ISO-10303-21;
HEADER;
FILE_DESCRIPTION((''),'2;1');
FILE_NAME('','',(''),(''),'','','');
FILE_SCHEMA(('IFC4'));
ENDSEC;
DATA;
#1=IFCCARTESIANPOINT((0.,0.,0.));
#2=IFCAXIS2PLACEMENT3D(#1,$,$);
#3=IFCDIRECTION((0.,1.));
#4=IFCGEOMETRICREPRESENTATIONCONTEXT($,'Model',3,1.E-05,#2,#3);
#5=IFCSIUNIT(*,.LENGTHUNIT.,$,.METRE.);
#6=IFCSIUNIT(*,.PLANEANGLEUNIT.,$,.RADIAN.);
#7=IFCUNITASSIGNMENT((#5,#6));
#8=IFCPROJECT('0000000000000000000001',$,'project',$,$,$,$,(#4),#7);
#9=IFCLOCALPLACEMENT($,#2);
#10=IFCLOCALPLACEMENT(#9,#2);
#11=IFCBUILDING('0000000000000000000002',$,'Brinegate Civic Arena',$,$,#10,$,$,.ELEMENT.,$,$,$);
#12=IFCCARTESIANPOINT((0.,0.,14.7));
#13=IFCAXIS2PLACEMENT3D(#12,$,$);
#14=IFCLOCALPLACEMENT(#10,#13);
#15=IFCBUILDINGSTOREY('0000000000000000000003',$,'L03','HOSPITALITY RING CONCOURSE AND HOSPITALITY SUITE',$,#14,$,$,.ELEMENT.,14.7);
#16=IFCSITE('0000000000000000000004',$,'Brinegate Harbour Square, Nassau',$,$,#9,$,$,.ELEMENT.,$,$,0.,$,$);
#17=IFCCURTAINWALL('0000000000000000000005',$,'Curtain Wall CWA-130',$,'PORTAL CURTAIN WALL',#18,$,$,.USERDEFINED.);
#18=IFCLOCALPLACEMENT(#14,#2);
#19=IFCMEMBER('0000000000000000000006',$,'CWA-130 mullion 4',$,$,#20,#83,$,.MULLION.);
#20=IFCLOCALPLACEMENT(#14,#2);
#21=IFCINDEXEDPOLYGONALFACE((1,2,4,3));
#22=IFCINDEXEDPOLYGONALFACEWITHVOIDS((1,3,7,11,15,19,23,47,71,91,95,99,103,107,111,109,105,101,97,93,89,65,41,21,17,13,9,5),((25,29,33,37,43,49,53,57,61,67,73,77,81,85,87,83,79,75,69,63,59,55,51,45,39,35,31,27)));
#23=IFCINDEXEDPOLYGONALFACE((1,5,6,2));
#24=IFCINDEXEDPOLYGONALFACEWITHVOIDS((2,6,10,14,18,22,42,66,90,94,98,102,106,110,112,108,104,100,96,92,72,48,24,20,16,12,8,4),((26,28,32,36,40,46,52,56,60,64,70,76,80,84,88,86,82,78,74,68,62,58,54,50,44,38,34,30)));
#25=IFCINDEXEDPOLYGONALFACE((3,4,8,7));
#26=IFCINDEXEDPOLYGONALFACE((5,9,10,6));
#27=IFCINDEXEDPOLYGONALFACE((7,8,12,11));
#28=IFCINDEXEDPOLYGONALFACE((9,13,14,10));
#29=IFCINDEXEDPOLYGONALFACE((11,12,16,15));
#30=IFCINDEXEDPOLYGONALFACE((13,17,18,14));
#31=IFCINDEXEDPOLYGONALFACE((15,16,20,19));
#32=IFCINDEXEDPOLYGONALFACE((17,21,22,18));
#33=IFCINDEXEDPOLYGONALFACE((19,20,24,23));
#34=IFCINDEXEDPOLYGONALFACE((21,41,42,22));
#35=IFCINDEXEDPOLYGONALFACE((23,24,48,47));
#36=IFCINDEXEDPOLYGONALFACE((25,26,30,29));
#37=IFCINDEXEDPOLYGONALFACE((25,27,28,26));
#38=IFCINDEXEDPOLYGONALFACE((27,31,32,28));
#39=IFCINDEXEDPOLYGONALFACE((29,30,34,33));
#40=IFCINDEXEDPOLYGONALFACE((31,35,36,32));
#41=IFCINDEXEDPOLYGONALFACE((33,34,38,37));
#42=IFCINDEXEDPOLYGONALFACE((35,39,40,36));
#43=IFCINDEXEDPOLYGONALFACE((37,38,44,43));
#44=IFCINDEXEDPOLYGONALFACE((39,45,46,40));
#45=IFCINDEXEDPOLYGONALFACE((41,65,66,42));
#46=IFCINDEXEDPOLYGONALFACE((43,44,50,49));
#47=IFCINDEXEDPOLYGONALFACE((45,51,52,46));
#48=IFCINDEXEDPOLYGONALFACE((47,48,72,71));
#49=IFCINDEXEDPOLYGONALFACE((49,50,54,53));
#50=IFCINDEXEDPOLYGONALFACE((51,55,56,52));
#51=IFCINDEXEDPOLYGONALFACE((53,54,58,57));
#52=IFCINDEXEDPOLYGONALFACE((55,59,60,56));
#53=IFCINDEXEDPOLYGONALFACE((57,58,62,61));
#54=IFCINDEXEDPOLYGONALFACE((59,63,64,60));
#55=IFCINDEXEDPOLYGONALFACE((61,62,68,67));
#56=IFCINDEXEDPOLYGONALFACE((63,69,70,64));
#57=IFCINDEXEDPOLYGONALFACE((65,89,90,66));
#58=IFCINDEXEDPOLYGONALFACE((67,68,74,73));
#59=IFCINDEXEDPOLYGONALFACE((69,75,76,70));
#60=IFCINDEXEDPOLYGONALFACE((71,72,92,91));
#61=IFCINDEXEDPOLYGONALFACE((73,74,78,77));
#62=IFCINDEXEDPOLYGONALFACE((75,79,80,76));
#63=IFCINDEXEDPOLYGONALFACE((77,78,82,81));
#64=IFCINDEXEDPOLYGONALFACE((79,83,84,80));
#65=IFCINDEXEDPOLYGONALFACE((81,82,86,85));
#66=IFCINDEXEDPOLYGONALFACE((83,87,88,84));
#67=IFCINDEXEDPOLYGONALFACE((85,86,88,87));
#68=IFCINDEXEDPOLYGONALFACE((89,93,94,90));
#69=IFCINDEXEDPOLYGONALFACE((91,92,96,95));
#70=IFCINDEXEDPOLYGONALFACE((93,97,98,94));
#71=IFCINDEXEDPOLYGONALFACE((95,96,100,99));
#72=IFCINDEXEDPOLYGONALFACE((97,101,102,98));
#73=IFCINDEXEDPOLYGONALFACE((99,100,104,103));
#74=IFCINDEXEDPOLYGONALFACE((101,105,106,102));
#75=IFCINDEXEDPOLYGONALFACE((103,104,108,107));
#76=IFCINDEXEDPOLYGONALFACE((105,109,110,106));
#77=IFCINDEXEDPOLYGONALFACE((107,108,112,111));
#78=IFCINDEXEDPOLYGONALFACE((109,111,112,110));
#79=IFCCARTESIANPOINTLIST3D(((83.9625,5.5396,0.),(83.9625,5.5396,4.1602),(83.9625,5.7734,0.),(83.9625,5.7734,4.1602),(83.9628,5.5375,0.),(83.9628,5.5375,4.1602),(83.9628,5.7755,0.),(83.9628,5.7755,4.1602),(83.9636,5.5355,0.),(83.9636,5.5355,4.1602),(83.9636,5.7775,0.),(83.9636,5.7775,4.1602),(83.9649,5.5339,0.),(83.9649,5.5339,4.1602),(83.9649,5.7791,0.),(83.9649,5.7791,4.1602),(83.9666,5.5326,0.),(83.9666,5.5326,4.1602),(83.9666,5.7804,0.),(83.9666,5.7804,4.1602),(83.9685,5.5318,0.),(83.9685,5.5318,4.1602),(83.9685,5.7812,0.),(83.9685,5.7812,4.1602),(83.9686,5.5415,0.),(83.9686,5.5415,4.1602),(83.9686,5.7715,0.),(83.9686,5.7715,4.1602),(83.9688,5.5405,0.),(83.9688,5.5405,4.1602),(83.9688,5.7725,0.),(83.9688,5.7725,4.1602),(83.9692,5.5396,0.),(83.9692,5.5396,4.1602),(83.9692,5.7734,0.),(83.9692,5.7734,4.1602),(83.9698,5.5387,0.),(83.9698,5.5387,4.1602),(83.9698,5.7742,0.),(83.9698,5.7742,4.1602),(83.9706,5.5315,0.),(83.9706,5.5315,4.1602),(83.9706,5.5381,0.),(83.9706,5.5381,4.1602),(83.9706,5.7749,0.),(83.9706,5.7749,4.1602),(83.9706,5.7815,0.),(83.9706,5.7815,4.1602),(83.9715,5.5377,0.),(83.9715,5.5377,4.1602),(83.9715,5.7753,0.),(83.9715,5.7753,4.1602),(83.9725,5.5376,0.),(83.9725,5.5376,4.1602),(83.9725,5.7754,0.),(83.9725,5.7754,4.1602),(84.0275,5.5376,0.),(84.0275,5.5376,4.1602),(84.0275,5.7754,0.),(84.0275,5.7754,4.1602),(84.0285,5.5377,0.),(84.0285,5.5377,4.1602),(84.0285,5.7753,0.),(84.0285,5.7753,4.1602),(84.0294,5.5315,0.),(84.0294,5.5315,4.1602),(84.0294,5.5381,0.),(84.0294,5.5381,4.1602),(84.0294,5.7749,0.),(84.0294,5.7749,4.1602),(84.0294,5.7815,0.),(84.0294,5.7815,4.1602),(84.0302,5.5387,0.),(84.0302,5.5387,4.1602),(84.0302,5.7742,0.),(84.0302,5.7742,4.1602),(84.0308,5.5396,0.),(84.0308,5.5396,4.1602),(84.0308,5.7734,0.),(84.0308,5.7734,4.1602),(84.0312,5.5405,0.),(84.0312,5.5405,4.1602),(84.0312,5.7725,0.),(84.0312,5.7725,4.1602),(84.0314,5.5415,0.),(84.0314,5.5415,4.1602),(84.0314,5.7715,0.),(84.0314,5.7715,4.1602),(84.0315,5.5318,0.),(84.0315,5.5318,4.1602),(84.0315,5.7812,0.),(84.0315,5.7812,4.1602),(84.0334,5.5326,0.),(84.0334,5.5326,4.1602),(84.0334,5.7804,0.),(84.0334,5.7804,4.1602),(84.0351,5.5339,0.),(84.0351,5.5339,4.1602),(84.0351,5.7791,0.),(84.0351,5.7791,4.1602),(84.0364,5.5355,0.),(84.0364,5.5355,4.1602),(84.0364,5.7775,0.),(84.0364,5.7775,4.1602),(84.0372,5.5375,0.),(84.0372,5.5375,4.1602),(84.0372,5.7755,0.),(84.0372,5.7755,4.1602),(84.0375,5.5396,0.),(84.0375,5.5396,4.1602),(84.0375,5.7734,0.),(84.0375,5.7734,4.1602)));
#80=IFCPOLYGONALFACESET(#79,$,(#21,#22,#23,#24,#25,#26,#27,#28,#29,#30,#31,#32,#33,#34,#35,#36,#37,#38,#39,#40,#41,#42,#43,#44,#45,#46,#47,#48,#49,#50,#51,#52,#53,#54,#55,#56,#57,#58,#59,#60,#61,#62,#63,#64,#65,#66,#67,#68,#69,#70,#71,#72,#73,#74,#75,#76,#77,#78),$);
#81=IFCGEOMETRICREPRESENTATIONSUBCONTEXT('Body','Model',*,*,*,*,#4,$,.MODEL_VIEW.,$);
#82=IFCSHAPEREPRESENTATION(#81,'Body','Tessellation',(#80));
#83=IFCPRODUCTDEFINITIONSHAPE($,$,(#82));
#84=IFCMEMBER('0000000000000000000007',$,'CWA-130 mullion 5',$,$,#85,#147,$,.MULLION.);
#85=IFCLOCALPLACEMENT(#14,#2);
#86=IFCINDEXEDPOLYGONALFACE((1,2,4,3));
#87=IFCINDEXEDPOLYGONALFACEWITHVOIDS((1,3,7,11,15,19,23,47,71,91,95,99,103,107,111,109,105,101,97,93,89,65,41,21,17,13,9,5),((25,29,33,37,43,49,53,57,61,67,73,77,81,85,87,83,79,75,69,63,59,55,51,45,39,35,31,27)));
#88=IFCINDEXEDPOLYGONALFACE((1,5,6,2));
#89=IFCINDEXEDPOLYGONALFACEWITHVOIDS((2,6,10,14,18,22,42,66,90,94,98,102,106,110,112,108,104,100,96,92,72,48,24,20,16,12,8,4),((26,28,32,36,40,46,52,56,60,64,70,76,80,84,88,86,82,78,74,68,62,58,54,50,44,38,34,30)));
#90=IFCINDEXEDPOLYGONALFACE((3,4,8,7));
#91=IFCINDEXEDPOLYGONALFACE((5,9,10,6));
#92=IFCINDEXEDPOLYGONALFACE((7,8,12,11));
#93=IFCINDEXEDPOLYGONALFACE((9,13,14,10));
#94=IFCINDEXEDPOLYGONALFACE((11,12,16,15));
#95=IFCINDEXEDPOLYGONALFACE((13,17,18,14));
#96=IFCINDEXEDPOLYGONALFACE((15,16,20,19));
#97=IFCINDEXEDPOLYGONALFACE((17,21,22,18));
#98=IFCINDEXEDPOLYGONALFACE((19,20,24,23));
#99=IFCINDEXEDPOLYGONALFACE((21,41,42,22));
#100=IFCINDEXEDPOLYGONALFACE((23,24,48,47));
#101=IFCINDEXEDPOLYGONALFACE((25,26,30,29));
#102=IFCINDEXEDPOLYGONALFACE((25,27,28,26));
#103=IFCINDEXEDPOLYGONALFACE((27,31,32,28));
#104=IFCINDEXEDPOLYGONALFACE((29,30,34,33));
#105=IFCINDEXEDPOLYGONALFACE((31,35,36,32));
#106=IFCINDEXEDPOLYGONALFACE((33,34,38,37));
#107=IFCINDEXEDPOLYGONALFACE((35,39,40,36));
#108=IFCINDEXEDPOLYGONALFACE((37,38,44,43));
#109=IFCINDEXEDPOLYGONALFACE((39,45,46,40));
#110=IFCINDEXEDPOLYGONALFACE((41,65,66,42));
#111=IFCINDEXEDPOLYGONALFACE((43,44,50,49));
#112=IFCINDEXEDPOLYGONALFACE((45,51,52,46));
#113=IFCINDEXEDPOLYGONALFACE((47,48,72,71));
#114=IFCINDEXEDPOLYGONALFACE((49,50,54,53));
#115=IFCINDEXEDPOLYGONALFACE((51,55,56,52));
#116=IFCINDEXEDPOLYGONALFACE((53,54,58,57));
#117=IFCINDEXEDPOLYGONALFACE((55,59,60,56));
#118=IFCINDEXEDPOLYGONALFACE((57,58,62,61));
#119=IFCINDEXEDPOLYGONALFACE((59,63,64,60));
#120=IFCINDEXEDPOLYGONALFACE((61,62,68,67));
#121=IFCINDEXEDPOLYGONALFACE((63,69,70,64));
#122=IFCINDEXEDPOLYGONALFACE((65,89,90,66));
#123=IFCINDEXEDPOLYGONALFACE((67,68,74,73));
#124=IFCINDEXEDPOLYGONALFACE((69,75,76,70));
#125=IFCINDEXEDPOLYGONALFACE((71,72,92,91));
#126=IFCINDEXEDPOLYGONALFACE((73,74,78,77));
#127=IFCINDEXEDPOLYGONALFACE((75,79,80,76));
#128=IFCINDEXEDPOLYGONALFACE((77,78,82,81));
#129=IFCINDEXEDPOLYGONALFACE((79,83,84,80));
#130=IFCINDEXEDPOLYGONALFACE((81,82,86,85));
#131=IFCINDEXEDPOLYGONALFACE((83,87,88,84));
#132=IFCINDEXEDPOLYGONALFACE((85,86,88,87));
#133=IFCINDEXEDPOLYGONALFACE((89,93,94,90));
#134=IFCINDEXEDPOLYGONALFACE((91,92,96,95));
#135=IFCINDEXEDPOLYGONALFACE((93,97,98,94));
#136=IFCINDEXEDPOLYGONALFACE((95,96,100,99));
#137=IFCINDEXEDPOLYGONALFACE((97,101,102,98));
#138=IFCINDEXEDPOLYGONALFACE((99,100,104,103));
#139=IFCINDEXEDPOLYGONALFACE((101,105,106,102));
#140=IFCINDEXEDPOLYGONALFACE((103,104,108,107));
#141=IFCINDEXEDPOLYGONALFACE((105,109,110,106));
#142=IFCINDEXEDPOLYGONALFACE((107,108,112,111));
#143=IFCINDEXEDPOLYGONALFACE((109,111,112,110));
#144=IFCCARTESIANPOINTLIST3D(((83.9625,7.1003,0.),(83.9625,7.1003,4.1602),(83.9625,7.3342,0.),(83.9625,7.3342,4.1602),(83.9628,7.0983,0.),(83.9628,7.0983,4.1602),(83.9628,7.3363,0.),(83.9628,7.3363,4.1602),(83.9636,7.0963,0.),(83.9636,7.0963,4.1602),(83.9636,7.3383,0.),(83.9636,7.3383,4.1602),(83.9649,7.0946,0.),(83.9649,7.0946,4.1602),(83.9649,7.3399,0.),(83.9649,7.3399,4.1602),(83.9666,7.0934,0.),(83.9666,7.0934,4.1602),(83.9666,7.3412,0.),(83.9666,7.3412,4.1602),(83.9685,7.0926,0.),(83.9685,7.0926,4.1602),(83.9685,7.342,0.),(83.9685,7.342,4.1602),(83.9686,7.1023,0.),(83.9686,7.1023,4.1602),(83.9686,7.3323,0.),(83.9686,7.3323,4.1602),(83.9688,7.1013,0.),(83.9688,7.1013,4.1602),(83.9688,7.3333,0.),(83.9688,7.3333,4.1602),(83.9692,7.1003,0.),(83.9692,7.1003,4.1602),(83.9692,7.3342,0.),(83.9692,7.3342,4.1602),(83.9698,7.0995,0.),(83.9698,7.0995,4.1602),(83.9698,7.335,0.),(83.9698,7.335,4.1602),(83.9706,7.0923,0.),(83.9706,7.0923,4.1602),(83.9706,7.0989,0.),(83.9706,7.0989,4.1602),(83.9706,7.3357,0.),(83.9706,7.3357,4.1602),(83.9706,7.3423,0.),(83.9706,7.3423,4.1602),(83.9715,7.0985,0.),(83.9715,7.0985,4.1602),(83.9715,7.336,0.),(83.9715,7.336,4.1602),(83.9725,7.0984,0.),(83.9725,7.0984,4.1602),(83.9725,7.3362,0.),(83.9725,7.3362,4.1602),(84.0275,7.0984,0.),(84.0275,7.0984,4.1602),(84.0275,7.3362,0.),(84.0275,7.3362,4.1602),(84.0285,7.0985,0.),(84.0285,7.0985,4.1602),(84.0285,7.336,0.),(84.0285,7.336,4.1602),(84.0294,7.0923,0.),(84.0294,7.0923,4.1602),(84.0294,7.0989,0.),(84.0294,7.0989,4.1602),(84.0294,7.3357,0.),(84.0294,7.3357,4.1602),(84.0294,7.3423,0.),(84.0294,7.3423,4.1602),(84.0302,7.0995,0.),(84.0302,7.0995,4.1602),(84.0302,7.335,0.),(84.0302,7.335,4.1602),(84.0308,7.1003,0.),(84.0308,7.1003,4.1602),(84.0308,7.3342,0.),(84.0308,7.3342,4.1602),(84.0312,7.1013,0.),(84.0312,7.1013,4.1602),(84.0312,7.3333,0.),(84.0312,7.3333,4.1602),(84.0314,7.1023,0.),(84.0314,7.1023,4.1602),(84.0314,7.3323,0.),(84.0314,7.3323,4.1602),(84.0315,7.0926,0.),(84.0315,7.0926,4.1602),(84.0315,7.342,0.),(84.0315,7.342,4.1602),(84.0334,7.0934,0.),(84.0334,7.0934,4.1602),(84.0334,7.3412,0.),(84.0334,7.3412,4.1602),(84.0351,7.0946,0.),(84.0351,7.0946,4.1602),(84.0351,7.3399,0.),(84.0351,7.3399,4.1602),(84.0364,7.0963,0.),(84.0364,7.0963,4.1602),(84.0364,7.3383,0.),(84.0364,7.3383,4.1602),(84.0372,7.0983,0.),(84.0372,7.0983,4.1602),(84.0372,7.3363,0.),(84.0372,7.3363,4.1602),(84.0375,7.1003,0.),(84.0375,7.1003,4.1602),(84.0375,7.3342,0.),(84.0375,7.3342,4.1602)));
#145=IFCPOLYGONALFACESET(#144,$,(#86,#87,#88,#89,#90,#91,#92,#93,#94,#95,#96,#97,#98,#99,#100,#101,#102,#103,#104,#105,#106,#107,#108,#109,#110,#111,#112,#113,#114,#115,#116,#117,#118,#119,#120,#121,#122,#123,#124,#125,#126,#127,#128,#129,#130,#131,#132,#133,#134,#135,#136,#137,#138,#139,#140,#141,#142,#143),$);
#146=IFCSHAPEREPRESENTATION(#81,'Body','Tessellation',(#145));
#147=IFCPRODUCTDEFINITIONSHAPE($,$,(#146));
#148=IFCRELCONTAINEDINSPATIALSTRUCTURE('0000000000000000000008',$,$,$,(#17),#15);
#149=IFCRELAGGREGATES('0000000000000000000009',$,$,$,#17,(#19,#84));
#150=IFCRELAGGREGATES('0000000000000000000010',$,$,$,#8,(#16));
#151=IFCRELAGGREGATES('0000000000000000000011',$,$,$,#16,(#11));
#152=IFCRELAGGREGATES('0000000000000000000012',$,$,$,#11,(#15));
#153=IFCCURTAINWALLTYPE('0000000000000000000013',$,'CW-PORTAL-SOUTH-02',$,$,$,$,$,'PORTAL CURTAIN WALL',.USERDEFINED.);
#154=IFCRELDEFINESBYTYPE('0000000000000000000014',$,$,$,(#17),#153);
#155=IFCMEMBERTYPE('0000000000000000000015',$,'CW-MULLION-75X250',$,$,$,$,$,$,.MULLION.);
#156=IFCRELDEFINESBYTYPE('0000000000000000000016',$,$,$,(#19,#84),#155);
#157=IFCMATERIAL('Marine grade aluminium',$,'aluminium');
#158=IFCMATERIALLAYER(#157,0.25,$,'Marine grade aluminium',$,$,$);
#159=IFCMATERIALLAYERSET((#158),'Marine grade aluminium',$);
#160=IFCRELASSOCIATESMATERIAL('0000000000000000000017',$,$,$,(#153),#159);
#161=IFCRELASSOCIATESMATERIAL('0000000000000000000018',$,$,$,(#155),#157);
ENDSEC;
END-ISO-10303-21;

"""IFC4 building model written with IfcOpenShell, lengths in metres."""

from ifc_helpers import new_model, si_unit, direction, frame, origin, origin_2d, place, context, subcontext, project, spatial, hollow_rectangle, extrude, material, layer, layer_set, material_profile, profile_set, type_object, element, aggregate, save


model = new_model("IFC4")

# Units and contexts
model_context = context("Model", 3, precision=1e-05, world=origin(), true_north=direction((0.0, 1.0)))
body_context = subcontext(model_context, "Body", "Model", "MODEL_VIEW")
ifc_project = project(units=[si_unit("LENGTHUNIT", "METRE"), si_unit("PLANEANGLEUNIT", "RADIAN")], contexts=[model_context])

# Site, building, storey
site_placement = place(None, origin())
site = spatial("IfcSite", under=ifc_project, at=site_placement, Name="Brinegate Harbour Square, Nassau", CompositionType="ELEMENT", RefElevation=0.0)
building_placement = place(site_placement, origin())
building = spatial("IfcBuilding", under=site, at=building_placement, Name="Brinegate Civic Arena", CompositionType="ELEMENT")
storey_placement = place(building_placement, frame((0.0, 0.0, 14.7)))
storey = spatial("IfcBuildingStorey", under=building, at=storey_placement, Name="L03", Description="HOSPITALITY RING CONCOURSE AND HOSPITALITY SUITE", CompositionType="ELEMENT", Elevation=14.7)

# Shared definitions
ifc_material_1 = material(Name="Marine grade aluminium", Category="aluminium")
ifc_layer_1 = layer(ifc_material_1, 0.25, Name="Marine grade aluminium")
ifc_layer_set_1 = layer_set([ifc_layer_1], Name="Marine grade aluminium")
curtain_wall_type = type_object("IfcCurtainWallType", Name="CW-PORTAL-SOUTH-02", ElementType="PORTAL CURTAIN WALL", PredefinedType="USERDEFINED", material=ifc_layer_set_1)

# Curtain wall, members
curtain_wall_1_placement = place(storey_placement, origin())
curtain_wall_1 = element("IfcCurtainWall", 1, at=curtain_wall_1_placement, inside=storey, type_object=curtain_wall_type, Name="Curtain Wall CWA-130", ObjectType="PORTAL CURTAIN WALL", PredefinedType="USERDEFINED")
ifc_material_profile_1 = material_profile(ifc_material_1, hollow_rectangle(XDim=0.075, YDim=0.25, WallThickness=0.0061, InnerFilletRadius=0.0039, OuterFilletRadius=0.0081, at=origin_2d()), Name="MUL75X250")
ifc_profile_set_1 = profile_set([ifc_material_profile_1], Name="Marine grade aluminium")
member_type_1 = type_object("IfcMemberType", Name="CW-MULLION-75X250", PredefinedType="MULLION", material=ifc_profile_set_1)
member_1_placement = place(storey_placement, frame((84.0, 5.6565, 0.0), z_axis=(0.0, 0.0, 1.0), x_axis=(-1.0, 0.0, 0.0)))
member_1 = element("IfcMember", 2, at=member_1_placement, type_object=member_type_1, Name="CWA-130 mullion 4", PredefinedType="MULLION", context=body_context, shape_type="SweptSolid", body=[
    extrude(hollow_rectangle(XDim=0.075, YDim=0.25, WallThickness=0.0061, InnerFilletRadius=0.0039, OuterFilletRadius=0.0081, at=origin_2d()), origin(), (0.0, 0.0, 1.0), 4.1602),
])
member_2_placement = place(storey_placement, frame((84.0, 7.2173, 0.0), z_axis=(0.0, 0.0, 1.0), x_axis=(-1.0, 0.0, 0.0)))
member_2 = element("IfcMember", 3, at=member_2_placement, type_object=member_type_1, Name="CWA-130 mullion 5", PredefinedType="MULLION", context=body_context, shape_type="SweptSolid", body=[
    extrude(hollow_rectangle(XDim=0.075, YDim=0.25, WallThickness=0.0061, InnerFilletRadius=0.0039, OuterFilletRadius=0.0081, at=origin_2d()), origin(), (0.0, 0.0, 1.0), 4.1602),
])

aggregate(curtain_wall_1, [member_1, member_2])

save(model, "model.ifc")
